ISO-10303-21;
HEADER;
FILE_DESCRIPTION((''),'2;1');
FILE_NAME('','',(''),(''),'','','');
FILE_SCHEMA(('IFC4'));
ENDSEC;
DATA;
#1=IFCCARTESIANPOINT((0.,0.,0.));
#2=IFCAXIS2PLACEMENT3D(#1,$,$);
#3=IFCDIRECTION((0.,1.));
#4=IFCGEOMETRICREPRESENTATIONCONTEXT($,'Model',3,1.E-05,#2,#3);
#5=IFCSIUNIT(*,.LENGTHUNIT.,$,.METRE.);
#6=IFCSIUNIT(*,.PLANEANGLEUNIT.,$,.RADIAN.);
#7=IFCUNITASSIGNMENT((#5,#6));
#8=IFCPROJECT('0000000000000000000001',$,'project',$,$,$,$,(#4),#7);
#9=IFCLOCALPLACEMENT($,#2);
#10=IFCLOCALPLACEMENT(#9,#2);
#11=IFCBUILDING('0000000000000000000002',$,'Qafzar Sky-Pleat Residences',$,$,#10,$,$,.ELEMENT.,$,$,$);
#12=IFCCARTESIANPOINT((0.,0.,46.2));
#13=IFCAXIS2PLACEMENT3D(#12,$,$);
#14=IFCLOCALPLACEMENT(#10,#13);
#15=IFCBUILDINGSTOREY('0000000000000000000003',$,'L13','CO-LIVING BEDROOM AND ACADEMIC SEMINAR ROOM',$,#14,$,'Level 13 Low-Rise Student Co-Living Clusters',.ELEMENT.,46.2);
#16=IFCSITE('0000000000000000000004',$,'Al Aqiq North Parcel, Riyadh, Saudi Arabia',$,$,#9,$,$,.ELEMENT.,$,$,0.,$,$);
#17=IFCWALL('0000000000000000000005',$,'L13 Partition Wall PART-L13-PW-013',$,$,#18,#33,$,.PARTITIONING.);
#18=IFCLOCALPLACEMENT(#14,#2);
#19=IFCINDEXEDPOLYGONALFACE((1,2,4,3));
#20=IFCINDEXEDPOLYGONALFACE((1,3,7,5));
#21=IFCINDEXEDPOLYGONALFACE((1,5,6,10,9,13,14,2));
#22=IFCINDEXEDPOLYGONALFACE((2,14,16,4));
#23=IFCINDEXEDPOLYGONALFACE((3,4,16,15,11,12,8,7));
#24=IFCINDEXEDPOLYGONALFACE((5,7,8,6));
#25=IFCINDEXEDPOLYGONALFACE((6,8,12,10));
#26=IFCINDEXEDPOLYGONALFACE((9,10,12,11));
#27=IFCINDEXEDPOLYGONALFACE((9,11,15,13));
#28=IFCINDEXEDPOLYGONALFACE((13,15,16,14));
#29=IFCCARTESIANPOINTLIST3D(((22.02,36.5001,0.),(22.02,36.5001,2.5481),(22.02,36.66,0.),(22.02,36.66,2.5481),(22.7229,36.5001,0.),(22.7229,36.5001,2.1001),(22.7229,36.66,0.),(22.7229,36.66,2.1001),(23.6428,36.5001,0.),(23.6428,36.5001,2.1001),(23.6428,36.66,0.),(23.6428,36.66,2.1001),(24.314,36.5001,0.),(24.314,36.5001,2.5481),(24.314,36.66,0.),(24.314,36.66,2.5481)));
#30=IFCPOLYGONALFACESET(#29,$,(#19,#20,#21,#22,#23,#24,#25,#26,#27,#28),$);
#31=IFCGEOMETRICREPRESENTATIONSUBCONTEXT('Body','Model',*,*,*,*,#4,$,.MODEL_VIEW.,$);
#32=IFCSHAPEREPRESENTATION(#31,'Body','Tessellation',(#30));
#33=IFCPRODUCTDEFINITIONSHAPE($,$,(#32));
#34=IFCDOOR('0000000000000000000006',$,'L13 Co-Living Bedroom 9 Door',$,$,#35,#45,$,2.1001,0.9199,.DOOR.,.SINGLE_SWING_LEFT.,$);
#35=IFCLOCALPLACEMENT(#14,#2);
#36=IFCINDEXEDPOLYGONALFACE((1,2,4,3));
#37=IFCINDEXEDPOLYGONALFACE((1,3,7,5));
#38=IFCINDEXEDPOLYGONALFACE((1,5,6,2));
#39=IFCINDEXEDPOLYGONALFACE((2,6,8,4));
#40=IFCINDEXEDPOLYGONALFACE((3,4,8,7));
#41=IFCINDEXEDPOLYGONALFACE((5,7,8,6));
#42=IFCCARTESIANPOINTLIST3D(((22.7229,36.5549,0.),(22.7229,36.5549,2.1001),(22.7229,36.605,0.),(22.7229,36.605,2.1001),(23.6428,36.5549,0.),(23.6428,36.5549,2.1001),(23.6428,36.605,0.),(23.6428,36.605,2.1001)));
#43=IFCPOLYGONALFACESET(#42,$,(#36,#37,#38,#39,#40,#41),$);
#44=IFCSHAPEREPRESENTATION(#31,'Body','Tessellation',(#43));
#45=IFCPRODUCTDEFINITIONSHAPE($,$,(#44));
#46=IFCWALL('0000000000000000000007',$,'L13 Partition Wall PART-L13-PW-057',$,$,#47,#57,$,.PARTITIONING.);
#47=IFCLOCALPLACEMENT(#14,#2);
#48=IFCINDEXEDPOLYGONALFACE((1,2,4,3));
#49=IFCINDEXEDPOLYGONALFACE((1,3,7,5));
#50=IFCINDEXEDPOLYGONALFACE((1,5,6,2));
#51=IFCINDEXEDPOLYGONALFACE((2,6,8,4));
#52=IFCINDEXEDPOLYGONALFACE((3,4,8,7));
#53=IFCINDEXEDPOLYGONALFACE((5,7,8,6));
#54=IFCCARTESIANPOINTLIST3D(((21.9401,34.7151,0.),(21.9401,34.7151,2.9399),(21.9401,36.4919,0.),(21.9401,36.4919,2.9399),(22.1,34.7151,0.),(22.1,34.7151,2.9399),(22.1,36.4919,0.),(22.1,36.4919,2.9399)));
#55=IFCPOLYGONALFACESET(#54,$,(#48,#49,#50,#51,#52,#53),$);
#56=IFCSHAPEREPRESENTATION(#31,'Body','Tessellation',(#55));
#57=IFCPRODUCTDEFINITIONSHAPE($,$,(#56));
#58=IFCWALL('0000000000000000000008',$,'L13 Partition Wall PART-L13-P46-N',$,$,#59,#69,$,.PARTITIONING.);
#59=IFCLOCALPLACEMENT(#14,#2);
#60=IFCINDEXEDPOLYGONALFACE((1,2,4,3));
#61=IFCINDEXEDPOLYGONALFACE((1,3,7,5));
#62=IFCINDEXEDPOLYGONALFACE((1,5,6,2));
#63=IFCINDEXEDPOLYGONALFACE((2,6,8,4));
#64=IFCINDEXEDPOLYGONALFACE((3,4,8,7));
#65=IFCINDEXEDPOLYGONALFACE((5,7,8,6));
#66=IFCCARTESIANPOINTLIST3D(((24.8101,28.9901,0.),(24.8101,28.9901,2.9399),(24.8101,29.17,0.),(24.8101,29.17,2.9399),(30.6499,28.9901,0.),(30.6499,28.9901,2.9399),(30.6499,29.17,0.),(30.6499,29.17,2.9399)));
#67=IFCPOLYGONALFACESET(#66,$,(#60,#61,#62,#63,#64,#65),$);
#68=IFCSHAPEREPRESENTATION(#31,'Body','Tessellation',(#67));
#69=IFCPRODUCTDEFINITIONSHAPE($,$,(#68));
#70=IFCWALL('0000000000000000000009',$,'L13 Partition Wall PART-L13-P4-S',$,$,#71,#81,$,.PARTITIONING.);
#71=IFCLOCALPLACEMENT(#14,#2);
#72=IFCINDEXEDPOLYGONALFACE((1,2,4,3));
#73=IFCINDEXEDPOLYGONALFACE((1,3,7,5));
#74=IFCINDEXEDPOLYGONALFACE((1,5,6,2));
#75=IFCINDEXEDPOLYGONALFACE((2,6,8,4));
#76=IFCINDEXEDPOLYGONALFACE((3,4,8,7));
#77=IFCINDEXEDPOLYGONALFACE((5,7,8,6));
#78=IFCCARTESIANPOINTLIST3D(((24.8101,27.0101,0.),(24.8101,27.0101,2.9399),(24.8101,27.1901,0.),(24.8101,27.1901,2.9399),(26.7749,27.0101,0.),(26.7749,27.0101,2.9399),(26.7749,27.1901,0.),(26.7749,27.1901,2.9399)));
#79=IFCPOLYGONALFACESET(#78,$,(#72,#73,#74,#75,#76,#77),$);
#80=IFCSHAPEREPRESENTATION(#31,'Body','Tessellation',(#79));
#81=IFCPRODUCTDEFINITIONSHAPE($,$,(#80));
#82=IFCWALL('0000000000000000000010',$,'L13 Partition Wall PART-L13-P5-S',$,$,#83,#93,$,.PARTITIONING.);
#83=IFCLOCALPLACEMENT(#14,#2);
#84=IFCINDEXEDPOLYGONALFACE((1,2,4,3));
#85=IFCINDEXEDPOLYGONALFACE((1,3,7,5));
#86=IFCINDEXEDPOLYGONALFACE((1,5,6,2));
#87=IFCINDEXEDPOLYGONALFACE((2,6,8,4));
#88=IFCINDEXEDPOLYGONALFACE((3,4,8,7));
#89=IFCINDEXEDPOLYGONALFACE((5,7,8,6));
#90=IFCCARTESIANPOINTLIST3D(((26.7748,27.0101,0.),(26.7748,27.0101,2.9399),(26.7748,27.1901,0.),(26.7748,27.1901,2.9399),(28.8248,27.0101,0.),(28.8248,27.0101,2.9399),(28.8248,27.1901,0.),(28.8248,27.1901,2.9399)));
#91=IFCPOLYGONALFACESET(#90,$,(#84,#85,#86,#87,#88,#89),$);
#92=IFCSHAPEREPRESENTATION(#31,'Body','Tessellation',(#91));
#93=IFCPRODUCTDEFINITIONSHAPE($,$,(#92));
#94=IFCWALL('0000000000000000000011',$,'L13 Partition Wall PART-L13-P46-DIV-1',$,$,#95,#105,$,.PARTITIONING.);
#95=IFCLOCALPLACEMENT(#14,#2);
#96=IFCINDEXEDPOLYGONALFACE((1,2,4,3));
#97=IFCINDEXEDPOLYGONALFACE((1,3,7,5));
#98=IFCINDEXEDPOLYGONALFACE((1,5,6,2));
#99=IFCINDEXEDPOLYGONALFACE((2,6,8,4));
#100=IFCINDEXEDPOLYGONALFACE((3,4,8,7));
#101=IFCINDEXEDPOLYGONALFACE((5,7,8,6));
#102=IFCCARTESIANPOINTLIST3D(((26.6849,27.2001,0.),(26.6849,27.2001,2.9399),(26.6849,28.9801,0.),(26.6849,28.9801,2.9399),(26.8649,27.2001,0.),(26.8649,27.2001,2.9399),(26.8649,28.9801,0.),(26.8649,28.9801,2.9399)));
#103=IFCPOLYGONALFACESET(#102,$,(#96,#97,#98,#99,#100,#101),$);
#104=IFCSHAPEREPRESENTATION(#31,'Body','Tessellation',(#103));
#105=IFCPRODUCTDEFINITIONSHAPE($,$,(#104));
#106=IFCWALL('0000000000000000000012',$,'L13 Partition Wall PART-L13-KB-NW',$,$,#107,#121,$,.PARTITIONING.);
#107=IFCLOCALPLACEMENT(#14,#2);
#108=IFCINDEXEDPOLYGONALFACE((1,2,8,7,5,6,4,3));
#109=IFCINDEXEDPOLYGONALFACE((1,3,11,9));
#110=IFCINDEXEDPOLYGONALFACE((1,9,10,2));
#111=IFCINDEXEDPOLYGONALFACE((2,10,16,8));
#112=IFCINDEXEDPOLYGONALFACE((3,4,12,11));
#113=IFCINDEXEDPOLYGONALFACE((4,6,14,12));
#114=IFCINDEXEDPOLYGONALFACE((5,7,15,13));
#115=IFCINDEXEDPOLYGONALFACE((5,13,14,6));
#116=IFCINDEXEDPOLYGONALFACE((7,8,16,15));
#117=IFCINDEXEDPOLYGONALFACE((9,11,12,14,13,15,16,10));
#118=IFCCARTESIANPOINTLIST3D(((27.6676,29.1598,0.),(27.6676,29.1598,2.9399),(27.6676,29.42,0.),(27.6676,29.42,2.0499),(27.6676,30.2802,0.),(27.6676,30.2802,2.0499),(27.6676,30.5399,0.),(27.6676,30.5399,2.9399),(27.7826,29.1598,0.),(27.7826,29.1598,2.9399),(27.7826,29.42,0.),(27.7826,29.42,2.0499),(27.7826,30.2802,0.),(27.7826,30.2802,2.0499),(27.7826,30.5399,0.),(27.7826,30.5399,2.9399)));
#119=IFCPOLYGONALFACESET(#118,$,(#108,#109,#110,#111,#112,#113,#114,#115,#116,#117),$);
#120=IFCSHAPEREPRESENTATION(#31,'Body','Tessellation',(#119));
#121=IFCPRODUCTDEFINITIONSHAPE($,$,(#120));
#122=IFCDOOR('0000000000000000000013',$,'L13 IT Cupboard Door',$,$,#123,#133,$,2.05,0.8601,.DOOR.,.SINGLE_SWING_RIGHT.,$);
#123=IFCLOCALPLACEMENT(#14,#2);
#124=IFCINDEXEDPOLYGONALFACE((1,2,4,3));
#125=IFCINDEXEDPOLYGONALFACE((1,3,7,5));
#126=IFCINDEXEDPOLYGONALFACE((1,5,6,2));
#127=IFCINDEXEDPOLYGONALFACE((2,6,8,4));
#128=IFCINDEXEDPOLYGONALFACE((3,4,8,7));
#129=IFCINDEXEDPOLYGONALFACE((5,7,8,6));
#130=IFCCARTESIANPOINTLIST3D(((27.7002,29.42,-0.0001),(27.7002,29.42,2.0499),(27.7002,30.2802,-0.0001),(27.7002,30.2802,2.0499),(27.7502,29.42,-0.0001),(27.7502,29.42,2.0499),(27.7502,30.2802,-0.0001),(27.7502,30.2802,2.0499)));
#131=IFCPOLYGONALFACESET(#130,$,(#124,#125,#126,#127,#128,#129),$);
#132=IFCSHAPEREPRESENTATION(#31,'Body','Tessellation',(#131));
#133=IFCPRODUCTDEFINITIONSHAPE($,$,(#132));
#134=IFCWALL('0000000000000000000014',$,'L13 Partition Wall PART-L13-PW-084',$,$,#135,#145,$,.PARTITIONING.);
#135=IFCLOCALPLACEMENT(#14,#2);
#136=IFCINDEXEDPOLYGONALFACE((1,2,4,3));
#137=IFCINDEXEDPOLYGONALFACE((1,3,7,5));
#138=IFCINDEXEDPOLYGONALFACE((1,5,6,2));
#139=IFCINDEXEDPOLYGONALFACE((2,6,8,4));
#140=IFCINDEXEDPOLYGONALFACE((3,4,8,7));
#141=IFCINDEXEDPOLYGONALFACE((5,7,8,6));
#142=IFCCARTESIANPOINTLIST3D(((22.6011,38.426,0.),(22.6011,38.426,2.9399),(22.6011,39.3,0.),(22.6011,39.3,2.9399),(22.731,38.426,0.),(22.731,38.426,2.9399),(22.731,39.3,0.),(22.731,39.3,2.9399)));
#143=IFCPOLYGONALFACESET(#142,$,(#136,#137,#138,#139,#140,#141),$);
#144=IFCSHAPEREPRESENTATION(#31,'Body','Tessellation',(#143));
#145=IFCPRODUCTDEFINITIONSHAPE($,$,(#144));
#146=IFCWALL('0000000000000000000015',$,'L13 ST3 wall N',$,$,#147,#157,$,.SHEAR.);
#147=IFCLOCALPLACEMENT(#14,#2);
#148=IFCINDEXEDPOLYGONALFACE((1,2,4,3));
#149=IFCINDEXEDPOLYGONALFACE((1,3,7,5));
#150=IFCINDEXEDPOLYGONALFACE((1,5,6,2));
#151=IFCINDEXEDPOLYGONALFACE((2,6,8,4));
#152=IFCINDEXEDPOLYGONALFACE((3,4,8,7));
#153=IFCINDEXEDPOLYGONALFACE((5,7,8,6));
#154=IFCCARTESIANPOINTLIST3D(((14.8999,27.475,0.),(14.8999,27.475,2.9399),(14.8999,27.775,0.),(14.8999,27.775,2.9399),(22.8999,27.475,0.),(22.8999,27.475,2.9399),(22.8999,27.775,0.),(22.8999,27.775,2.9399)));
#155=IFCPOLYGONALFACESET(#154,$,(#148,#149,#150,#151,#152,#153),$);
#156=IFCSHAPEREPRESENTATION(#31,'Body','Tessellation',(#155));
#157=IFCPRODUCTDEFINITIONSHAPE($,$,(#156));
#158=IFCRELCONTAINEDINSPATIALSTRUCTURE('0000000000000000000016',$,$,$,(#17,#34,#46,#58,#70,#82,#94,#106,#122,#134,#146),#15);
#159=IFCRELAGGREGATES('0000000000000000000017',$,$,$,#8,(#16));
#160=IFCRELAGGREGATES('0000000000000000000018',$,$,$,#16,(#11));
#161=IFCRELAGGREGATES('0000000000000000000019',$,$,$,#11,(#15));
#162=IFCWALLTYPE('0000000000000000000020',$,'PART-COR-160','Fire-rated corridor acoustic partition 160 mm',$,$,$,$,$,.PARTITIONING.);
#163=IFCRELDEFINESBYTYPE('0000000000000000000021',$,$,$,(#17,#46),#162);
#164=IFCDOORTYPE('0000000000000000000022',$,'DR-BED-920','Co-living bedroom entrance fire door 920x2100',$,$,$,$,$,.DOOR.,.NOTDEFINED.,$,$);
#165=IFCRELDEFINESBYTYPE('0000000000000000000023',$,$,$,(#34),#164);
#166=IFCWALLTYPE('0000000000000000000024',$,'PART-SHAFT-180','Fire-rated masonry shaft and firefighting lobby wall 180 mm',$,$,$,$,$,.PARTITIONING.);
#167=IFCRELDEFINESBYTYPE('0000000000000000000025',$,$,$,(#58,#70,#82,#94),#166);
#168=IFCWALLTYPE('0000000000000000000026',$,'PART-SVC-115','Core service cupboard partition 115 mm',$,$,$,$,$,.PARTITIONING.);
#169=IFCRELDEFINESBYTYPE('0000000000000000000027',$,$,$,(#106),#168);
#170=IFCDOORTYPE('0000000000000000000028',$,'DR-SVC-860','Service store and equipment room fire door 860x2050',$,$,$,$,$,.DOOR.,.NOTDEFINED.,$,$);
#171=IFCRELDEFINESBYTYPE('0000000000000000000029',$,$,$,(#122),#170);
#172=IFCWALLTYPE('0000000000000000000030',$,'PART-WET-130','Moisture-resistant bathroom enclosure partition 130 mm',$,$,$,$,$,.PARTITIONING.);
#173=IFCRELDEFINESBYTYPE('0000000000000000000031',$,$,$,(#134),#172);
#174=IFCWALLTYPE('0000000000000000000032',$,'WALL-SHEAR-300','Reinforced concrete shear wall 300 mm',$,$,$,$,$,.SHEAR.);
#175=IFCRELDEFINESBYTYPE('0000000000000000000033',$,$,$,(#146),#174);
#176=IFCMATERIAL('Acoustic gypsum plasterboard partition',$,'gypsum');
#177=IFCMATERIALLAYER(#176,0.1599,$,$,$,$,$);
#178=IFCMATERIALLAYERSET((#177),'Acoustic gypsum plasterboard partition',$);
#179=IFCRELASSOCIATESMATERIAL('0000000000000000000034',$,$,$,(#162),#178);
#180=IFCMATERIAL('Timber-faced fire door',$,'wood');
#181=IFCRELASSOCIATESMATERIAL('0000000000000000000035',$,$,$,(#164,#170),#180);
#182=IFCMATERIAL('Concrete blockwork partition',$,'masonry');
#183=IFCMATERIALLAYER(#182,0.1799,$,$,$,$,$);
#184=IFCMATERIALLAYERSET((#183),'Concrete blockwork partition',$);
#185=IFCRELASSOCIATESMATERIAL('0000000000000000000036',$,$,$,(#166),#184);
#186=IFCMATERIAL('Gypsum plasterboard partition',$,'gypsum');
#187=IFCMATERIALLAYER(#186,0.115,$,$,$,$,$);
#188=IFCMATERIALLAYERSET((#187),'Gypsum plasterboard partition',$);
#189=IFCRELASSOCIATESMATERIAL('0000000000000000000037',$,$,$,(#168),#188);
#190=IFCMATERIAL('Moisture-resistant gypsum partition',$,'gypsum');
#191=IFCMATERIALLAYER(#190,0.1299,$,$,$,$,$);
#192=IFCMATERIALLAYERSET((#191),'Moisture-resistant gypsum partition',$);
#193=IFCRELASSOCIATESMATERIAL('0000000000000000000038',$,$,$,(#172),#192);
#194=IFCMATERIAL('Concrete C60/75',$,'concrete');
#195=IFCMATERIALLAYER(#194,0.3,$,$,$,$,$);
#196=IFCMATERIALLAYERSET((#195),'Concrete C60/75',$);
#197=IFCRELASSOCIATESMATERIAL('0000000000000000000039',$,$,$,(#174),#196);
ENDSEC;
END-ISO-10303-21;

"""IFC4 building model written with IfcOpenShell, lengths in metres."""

from ifc_helpers import new_model, si_unit, direction, frame, frame_2d, origin, place, context, subcontext, project, spatial, rectangle, extrude, source, transform, mapped, material, layer, layer_set, type_object, element, fill, save


model = new_model("IFC4")

# Units and contexts
model_context = context("Model", 3, precision=1e-05, world=origin(), true_north=direction((0.0, 1.0)))
body_context = subcontext(model_context, "Body", "Model", "MODEL_VIEW")
ifc_project = project(units=[si_unit("LENGTHUNIT", "METRE"), si_unit("PLANEANGLEUNIT", "RADIAN")], contexts=[model_context])

# Site, building, storey
site_placement = place(None, origin())
site = spatial("IfcSite", under=ifc_project, at=site_placement, Name="Al Aqiq North Parcel, Riyadh, Saudi Arabia", CompositionType="ELEMENT", RefElevation=0.0)
building_placement = place(site_placement, origin())
building = spatial("IfcBuilding", under=site, at=building_placement, Name="Qafzar Sky-Pleat Residences", CompositionType="ELEMENT")
storey_placement = place(building_placement, frame((0.0, 0.0, 46.2)))
storey = spatial("IfcBuildingStorey", under=building, at=storey_placement, Name="L13", Description="CO-LIVING BEDROOM AND ACADEMIC SEMINAR ROOM", LongName="Level 13 Low-Rise Student Co-Living Clusters", CompositionType="ELEMENT", Elevation=46.2)

# Wall, opening, door
ifc_material_1 = material(Name="Acoustic gypsum plasterboard partition", Category="gypsum")
ifc_layer_1 = layer(ifc_material_1, 0.1599)
ifc_layer_set_1 = layer_set([ifc_layer_1], Name="Acoustic gypsum plasterboard partition")
wall_type_1 = type_object("IfcWallType", Name="PART-COR-160", Description="Fire-rated corridor acoustic partition 160 mm", PredefinedType="PARTITIONING", material=ifc_layer_set_1)
ifc_material_2 = material(Name="Timber-faced fire door", Category="wood")
door_type_1 = type_object("IfcDoorType", Name="DR-BED-920", Description="Co-living bedroom entrance fire door 920x2100", OperationType="NOTDEFINED", PredefinedType="DOOR", material=ifc_material_2)
shared_shape_1 = source(origin(), body_context, "Body", "SweptSolid", [
    extrude(rectangle(XDim=0.9199, YDim=2.1001, at=frame_2d((0.46, 1.05))), frame((0.0, 0.0249, 0.0), z_axis=(0.0, -1.0, 0.0), x_axis=(1.0, 0.0, 0.0)), (0.0, 0.0, 1.0), 0.05),
])
wall_1_placement = place(storey_placement, frame((22.02, 36.5801, 0.0), z_axis=(0.0, 0.0, 1.0), x_axis=(1.0, 0.0, 0.0)))
wall_1 = element("IfcWall", 1, at=wall_1_placement, inside=storey, type_object=wall_type_1, Name="L13 Partition Wall PART-L13-PW-013", PredefinedType="PARTITIONING", context=body_context, shape_type="SweptSolid", body=[
    extrude(rectangle(XDim=2.2939, YDim=0.1599, at=frame_2d((1.147, 0.0))), origin(), (0.0, 0.0, 1.0), 2.5481),
])
opening_1_placement = place(wall_1_placement, frame((0.7029, 0.0, 0.0)))
opening_1 = element("IfcOpeningElement", 2, at=opening_1_placement, cuts=wall_1, PredefinedType="OPENING", context=body_context, shape_type="SweptSolid", body=[
    extrude(rectangle(XDim=0.9199, YDim=2.1001, at=frame_2d((0.46, 1.05))), frame((0.0, 0.0898, 0.0), z_axis=(0.0, -1.0, 0.0), x_axis=(1.0, 0.0, 0.0)), (0.0, 0.0, 1.0), 0.1799),
])
door_1_placement = place(opening_1_placement, origin())
door_1 = element("IfcDoor", 3, at=door_1_placement, inside=storey, type_object=door_type_1, Name="L13 Co-Living Bedroom 9 Door", OperationType="SINGLE_SWING_LEFT", OverallHeight=2.1001, OverallWidth=0.9199, PredefinedType="DOOR", context=body_context, shape_type="MappedRepresentation", body=[
    mapped(shared_shape_1, transform((0.0, 0.0, 0.0), x_axis=(1.0, 0.0, 0.0), y_axis=(0.0, 1.0, 0.0), z_axis=(0.0, 0.0, 1.0), scale=1.0)),
])
fill(opening_1, door_1)

# Walls
wall_2_placement = place(storey_placement, frame((22.02, 34.7151, 0.0), z_axis=(0.0, 0.0, 1.0), x_axis=(0.0, 1.0, 0.0)))
element("IfcWall", 4, at=wall_2_placement, inside=storey, type_object=wall_type_1, Name="L13 Partition Wall PART-L13-PW-057", PredefinedType="PARTITIONING", context=body_context, shape_type="SweptSolid", body=[
    extrude(rectangle(XDim=1.7769, YDim=0.1599, at=frame_2d((0.8884, 0.0))), origin(), (0.0, 0.0, 1.0), 2.9399),
])
ifc_material_3 = material(Name="Concrete blockwork partition", Category="masonry")
ifc_layer_2 = layer(ifc_material_3, 0.1799)
ifc_layer_set_2 = layer_set([ifc_layer_2], Name="Concrete blockwork partition")
wall_type_2 = type_object("IfcWallType", Name="PART-SHAFT-180", Description="Fire-rated masonry shaft and firefighting lobby wall 180 mm", PredefinedType="PARTITIONING", material=ifc_layer_set_2)
wall_3_placement = place(storey_placement, frame((24.8101, 29.0801, 0.0), z_axis=(0.0, 0.0, 1.0), x_axis=(1.0, 0.0, 0.0)))
element("IfcWall", 5, at=wall_3_placement, inside=storey, type_object=wall_type_2, Name="L13 Partition Wall PART-L13-P46-N", PredefinedType="PARTITIONING", context=body_context, shape_type="SweptSolid", body=[
    extrude(rectangle(XDim=5.8398, YDim=0.1799, at=frame_2d((2.9199, 0.0))), origin(), (0.0, 0.0, 1.0), 2.9399),
])
wall_4_placement = place(storey_placement, frame((24.8101, 27.1001, 0.0), z_axis=(0.0, 0.0, 1.0), x_axis=(1.0, 0.0, 0.0)))
element("IfcWall", 6, at=wall_4_placement, inside=storey, type_object=wall_type_2, Name="L13 Partition Wall PART-L13-P4-S", PredefinedType="PARTITIONING", context=body_context, shape_type="SweptSolid", body=[
    extrude(rectangle(XDim=1.9648, YDim=0.1799, at=frame_2d((0.9824, 0.0))), origin(), (0.0, 0.0, 1.0), 2.9399),
])
wall_5_placement = place(storey_placement, frame((26.7749, 27.1001, 0.0), z_axis=(0.0, 0.0, 1.0), x_axis=(1.0, 0.0, 0.0)))
element("IfcWall", 7, at=wall_5_placement, inside=storey, type_object=wall_type_2, Name="L13 Partition Wall PART-L13-P5-S", PredefinedType="PARTITIONING", context=body_context, shape_type="SweptSolid", body=[
    extrude(rectangle(XDim=2.05, YDim=0.1799, at=frame_2d((1.0249, 0.0))), origin(), (0.0, 0.0, 1.0), 2.9399),
])
wall_6_placement = place(storey_placement, frame((26.7749, 27.2, 0.0), z_axis=(0.0, 0.0, 1.0), x_axis=(0.0, 1.0, 0.0)))
element("IfcWall", 8, at=wall_6_placement, inside=storey, type_object=wall_type_2, Name="L13 Partition Wall PART-L13-P46-DIV-1", PredefinedType="PARTITIONING", context=body_context, shape_type="SweptSolid", body=[
    extrude(rectangle(XDim=1.78, YDim=0.1799, at=frame_2d((0.8901, 0.0))), origin(), (0.0, 0.0, 1.0), 2.9399),
])

# Wall, opening, door
ifc_material_4 = material(Name="Gypsum plasterboard partition", Category="gypsum")
ifc_layer_3 = layer(ifc_material_4, 0.115)
ifc_layer_set_3 = layer_set([ifc_layer_3], Name="Gypsum plasterboard partition")
wall_type_3 = type_object("IfcWallType", Name="PART-SVC-115", Description="Core service cupboard partition 115 mm", PredefinedType="PARTITIONING", material=ifc_layer_set_3)
wall_7_placement = place(storey_placement, frame((27.7251, 29.1599, 0.0), z_axis=(0.0, 0.0, 1.0), x_axis=(0.0, 1.0, 0.0)))
wall_7 = element("IfcWall", 9, at=wall_7_placement, inside=storey, type_object=wall_type_3, Name="L13 Partition Wall PART-L13-KB-NW", PredefinedType="PARTITIONING", context=body_context, shape_type="SweptSolid", body=[
    extrude(rectangle(XDim=1.3801, YDim=0.115, at=frame_2d((0.6899, 0.0))), origin(), (0.0, 0.0, 1.0), 2.9399),
])
opening_2_placement = place(wall_7_placement, frame((0.26, 0.0, 0.0)))
opening_2 = element("IfcOpeningElement", 10, at=opening_2_placement, cuts=wall_7, PredefinedType="OPENING", context=body_context, shape_type="SweptSolid", body=[
    extrude(rectangle(XDim=0.8601, YDim=2.05, at=frame_2d((0.4302, 1.0249))), frame((0.0, 0.0674, 0.0), z_axis=(0.0, -1.0, 0.0), x_axis=(1.0, 0.0, 0.0)), (0.0, 0.0, 1.0), 0.135),
])
door_type_2 = type_object("IfcDoorType", Name="DR-SVC-860", Description="Service store and equipment room fire door 860x2050", OperationType="NOTDEFINED", PredefinedType="DOOR", material=ifc_material_2)
shared_shape_2 = source(origin(), body_context, "Body", "SweptSolid", [
    extrude(rectangle(XDim=0.8601, YDim=2.05, at=frame_2d((0.4302, 1.0249))), frame((0.0, 0.0249, 0.0), z_axis=(0.0, -1.0, 0.0), x_axis=(1.0, 0.0, 0.0)), (0.0, 0.0, 1.0), 0.05),
])
door_2_placement = place(opening_2_placement, origin())
door_2 = element("IfcDoor", 11, at=door_2_placement, inside=storey, type_object=door_type_2, Name="L13 IT Cupboard Door", OperationType="SINGLE_SWING_RIGHT", OverallHeight=2.05, OverallWidth=0.8601, PredefinedType="DOOR", context=body_context, shape_type="MappedRepresentation", body=[
    mapped(shared_shape_2, transform((0.0, 0.0, 0.0), x_axis=(1.0, 0.0, 0.0), y_axis=(0.0, 1.0, 0.0), z_axis=(0.0, 0.0, 1.0), scale=1.0)),
])
fill(opening_2, door_2)

# Wall
ifc_material_5 = material(Name="Moisture-resistant gypsum partition", Category="gypsum")
ifc_layer_4 = layer(ifc_material_5, 0.1299)
ifc_layer_set_4 = layer_set([ifc_layer_4], Name="Moisture-resistant gypsum partition")
wall_type_4 = type_object("IfcWallType", Name="PART-WET-130", Description="Moisture-resistant bathroom enclosure partition 130 mm", PredefinedType="PARTITIONING", material=ifc_layer_set_4)
wall_8_placement = place(storey_placement, frame((22.666, 38.426, 0.0), z_axis=(0.0, 0.0, 1.0), x_axis=(0.0, 1.0, 0.0)))
element("IfcWall", 12, at=wall_8_placement, inside=storey, type_object=wall_type_4, Name="L13 Partition Wall PART-L13-PW-084", PredefinedType="PARTITIONING", context=body_context, shape_type="SweptSolid", body=[
    extrude(rectangle(XDim=0.874, YDim=0.1299, at=frame_2d((0.437, 0.0))), origin(), (0.0, 0.0, 1.0), 2.9399),
])

# Shared definitions
ifc_material_6 = material(Name="Concrete C60/75", Category="concrete")
ifc_layer_5 = layer(ifc_material_6, 0.3)
ifc_layer_set_5 = layer_set([ifc_layer_5], Name="Concrete C60/75")
wall_type_5 = type_object("IfcWallType", Name="WALL-SHEAR-300", Description="Reinforced concrete shear wall 300 mm", PredefinedType="SHEAR", material=ifc_layer_set_5)

# Wall
wall_9_placement = place(storey_placement, frame((22.8999, 27.625, 0.0), z_axis=(0.0, 0.0, 1.0), x_axis=(-1.0, 0.0, 0.0)))
element("IfcWall", 13, at=wall_9_placement, inside=storey, type_object=wall_type_5, Name="L13 ST3 wall N", PredefinedType="SHEAR", context=body_context, shape_type="SweptSolid", body=[
    extrude(rectangle(XDim=8.0, YDim=0.3, at=frame_2d((4.0, 0.0))), origin(), (0.0, 0.0, 1.0), 2.9399),
])

save(model, "model.ifc")
